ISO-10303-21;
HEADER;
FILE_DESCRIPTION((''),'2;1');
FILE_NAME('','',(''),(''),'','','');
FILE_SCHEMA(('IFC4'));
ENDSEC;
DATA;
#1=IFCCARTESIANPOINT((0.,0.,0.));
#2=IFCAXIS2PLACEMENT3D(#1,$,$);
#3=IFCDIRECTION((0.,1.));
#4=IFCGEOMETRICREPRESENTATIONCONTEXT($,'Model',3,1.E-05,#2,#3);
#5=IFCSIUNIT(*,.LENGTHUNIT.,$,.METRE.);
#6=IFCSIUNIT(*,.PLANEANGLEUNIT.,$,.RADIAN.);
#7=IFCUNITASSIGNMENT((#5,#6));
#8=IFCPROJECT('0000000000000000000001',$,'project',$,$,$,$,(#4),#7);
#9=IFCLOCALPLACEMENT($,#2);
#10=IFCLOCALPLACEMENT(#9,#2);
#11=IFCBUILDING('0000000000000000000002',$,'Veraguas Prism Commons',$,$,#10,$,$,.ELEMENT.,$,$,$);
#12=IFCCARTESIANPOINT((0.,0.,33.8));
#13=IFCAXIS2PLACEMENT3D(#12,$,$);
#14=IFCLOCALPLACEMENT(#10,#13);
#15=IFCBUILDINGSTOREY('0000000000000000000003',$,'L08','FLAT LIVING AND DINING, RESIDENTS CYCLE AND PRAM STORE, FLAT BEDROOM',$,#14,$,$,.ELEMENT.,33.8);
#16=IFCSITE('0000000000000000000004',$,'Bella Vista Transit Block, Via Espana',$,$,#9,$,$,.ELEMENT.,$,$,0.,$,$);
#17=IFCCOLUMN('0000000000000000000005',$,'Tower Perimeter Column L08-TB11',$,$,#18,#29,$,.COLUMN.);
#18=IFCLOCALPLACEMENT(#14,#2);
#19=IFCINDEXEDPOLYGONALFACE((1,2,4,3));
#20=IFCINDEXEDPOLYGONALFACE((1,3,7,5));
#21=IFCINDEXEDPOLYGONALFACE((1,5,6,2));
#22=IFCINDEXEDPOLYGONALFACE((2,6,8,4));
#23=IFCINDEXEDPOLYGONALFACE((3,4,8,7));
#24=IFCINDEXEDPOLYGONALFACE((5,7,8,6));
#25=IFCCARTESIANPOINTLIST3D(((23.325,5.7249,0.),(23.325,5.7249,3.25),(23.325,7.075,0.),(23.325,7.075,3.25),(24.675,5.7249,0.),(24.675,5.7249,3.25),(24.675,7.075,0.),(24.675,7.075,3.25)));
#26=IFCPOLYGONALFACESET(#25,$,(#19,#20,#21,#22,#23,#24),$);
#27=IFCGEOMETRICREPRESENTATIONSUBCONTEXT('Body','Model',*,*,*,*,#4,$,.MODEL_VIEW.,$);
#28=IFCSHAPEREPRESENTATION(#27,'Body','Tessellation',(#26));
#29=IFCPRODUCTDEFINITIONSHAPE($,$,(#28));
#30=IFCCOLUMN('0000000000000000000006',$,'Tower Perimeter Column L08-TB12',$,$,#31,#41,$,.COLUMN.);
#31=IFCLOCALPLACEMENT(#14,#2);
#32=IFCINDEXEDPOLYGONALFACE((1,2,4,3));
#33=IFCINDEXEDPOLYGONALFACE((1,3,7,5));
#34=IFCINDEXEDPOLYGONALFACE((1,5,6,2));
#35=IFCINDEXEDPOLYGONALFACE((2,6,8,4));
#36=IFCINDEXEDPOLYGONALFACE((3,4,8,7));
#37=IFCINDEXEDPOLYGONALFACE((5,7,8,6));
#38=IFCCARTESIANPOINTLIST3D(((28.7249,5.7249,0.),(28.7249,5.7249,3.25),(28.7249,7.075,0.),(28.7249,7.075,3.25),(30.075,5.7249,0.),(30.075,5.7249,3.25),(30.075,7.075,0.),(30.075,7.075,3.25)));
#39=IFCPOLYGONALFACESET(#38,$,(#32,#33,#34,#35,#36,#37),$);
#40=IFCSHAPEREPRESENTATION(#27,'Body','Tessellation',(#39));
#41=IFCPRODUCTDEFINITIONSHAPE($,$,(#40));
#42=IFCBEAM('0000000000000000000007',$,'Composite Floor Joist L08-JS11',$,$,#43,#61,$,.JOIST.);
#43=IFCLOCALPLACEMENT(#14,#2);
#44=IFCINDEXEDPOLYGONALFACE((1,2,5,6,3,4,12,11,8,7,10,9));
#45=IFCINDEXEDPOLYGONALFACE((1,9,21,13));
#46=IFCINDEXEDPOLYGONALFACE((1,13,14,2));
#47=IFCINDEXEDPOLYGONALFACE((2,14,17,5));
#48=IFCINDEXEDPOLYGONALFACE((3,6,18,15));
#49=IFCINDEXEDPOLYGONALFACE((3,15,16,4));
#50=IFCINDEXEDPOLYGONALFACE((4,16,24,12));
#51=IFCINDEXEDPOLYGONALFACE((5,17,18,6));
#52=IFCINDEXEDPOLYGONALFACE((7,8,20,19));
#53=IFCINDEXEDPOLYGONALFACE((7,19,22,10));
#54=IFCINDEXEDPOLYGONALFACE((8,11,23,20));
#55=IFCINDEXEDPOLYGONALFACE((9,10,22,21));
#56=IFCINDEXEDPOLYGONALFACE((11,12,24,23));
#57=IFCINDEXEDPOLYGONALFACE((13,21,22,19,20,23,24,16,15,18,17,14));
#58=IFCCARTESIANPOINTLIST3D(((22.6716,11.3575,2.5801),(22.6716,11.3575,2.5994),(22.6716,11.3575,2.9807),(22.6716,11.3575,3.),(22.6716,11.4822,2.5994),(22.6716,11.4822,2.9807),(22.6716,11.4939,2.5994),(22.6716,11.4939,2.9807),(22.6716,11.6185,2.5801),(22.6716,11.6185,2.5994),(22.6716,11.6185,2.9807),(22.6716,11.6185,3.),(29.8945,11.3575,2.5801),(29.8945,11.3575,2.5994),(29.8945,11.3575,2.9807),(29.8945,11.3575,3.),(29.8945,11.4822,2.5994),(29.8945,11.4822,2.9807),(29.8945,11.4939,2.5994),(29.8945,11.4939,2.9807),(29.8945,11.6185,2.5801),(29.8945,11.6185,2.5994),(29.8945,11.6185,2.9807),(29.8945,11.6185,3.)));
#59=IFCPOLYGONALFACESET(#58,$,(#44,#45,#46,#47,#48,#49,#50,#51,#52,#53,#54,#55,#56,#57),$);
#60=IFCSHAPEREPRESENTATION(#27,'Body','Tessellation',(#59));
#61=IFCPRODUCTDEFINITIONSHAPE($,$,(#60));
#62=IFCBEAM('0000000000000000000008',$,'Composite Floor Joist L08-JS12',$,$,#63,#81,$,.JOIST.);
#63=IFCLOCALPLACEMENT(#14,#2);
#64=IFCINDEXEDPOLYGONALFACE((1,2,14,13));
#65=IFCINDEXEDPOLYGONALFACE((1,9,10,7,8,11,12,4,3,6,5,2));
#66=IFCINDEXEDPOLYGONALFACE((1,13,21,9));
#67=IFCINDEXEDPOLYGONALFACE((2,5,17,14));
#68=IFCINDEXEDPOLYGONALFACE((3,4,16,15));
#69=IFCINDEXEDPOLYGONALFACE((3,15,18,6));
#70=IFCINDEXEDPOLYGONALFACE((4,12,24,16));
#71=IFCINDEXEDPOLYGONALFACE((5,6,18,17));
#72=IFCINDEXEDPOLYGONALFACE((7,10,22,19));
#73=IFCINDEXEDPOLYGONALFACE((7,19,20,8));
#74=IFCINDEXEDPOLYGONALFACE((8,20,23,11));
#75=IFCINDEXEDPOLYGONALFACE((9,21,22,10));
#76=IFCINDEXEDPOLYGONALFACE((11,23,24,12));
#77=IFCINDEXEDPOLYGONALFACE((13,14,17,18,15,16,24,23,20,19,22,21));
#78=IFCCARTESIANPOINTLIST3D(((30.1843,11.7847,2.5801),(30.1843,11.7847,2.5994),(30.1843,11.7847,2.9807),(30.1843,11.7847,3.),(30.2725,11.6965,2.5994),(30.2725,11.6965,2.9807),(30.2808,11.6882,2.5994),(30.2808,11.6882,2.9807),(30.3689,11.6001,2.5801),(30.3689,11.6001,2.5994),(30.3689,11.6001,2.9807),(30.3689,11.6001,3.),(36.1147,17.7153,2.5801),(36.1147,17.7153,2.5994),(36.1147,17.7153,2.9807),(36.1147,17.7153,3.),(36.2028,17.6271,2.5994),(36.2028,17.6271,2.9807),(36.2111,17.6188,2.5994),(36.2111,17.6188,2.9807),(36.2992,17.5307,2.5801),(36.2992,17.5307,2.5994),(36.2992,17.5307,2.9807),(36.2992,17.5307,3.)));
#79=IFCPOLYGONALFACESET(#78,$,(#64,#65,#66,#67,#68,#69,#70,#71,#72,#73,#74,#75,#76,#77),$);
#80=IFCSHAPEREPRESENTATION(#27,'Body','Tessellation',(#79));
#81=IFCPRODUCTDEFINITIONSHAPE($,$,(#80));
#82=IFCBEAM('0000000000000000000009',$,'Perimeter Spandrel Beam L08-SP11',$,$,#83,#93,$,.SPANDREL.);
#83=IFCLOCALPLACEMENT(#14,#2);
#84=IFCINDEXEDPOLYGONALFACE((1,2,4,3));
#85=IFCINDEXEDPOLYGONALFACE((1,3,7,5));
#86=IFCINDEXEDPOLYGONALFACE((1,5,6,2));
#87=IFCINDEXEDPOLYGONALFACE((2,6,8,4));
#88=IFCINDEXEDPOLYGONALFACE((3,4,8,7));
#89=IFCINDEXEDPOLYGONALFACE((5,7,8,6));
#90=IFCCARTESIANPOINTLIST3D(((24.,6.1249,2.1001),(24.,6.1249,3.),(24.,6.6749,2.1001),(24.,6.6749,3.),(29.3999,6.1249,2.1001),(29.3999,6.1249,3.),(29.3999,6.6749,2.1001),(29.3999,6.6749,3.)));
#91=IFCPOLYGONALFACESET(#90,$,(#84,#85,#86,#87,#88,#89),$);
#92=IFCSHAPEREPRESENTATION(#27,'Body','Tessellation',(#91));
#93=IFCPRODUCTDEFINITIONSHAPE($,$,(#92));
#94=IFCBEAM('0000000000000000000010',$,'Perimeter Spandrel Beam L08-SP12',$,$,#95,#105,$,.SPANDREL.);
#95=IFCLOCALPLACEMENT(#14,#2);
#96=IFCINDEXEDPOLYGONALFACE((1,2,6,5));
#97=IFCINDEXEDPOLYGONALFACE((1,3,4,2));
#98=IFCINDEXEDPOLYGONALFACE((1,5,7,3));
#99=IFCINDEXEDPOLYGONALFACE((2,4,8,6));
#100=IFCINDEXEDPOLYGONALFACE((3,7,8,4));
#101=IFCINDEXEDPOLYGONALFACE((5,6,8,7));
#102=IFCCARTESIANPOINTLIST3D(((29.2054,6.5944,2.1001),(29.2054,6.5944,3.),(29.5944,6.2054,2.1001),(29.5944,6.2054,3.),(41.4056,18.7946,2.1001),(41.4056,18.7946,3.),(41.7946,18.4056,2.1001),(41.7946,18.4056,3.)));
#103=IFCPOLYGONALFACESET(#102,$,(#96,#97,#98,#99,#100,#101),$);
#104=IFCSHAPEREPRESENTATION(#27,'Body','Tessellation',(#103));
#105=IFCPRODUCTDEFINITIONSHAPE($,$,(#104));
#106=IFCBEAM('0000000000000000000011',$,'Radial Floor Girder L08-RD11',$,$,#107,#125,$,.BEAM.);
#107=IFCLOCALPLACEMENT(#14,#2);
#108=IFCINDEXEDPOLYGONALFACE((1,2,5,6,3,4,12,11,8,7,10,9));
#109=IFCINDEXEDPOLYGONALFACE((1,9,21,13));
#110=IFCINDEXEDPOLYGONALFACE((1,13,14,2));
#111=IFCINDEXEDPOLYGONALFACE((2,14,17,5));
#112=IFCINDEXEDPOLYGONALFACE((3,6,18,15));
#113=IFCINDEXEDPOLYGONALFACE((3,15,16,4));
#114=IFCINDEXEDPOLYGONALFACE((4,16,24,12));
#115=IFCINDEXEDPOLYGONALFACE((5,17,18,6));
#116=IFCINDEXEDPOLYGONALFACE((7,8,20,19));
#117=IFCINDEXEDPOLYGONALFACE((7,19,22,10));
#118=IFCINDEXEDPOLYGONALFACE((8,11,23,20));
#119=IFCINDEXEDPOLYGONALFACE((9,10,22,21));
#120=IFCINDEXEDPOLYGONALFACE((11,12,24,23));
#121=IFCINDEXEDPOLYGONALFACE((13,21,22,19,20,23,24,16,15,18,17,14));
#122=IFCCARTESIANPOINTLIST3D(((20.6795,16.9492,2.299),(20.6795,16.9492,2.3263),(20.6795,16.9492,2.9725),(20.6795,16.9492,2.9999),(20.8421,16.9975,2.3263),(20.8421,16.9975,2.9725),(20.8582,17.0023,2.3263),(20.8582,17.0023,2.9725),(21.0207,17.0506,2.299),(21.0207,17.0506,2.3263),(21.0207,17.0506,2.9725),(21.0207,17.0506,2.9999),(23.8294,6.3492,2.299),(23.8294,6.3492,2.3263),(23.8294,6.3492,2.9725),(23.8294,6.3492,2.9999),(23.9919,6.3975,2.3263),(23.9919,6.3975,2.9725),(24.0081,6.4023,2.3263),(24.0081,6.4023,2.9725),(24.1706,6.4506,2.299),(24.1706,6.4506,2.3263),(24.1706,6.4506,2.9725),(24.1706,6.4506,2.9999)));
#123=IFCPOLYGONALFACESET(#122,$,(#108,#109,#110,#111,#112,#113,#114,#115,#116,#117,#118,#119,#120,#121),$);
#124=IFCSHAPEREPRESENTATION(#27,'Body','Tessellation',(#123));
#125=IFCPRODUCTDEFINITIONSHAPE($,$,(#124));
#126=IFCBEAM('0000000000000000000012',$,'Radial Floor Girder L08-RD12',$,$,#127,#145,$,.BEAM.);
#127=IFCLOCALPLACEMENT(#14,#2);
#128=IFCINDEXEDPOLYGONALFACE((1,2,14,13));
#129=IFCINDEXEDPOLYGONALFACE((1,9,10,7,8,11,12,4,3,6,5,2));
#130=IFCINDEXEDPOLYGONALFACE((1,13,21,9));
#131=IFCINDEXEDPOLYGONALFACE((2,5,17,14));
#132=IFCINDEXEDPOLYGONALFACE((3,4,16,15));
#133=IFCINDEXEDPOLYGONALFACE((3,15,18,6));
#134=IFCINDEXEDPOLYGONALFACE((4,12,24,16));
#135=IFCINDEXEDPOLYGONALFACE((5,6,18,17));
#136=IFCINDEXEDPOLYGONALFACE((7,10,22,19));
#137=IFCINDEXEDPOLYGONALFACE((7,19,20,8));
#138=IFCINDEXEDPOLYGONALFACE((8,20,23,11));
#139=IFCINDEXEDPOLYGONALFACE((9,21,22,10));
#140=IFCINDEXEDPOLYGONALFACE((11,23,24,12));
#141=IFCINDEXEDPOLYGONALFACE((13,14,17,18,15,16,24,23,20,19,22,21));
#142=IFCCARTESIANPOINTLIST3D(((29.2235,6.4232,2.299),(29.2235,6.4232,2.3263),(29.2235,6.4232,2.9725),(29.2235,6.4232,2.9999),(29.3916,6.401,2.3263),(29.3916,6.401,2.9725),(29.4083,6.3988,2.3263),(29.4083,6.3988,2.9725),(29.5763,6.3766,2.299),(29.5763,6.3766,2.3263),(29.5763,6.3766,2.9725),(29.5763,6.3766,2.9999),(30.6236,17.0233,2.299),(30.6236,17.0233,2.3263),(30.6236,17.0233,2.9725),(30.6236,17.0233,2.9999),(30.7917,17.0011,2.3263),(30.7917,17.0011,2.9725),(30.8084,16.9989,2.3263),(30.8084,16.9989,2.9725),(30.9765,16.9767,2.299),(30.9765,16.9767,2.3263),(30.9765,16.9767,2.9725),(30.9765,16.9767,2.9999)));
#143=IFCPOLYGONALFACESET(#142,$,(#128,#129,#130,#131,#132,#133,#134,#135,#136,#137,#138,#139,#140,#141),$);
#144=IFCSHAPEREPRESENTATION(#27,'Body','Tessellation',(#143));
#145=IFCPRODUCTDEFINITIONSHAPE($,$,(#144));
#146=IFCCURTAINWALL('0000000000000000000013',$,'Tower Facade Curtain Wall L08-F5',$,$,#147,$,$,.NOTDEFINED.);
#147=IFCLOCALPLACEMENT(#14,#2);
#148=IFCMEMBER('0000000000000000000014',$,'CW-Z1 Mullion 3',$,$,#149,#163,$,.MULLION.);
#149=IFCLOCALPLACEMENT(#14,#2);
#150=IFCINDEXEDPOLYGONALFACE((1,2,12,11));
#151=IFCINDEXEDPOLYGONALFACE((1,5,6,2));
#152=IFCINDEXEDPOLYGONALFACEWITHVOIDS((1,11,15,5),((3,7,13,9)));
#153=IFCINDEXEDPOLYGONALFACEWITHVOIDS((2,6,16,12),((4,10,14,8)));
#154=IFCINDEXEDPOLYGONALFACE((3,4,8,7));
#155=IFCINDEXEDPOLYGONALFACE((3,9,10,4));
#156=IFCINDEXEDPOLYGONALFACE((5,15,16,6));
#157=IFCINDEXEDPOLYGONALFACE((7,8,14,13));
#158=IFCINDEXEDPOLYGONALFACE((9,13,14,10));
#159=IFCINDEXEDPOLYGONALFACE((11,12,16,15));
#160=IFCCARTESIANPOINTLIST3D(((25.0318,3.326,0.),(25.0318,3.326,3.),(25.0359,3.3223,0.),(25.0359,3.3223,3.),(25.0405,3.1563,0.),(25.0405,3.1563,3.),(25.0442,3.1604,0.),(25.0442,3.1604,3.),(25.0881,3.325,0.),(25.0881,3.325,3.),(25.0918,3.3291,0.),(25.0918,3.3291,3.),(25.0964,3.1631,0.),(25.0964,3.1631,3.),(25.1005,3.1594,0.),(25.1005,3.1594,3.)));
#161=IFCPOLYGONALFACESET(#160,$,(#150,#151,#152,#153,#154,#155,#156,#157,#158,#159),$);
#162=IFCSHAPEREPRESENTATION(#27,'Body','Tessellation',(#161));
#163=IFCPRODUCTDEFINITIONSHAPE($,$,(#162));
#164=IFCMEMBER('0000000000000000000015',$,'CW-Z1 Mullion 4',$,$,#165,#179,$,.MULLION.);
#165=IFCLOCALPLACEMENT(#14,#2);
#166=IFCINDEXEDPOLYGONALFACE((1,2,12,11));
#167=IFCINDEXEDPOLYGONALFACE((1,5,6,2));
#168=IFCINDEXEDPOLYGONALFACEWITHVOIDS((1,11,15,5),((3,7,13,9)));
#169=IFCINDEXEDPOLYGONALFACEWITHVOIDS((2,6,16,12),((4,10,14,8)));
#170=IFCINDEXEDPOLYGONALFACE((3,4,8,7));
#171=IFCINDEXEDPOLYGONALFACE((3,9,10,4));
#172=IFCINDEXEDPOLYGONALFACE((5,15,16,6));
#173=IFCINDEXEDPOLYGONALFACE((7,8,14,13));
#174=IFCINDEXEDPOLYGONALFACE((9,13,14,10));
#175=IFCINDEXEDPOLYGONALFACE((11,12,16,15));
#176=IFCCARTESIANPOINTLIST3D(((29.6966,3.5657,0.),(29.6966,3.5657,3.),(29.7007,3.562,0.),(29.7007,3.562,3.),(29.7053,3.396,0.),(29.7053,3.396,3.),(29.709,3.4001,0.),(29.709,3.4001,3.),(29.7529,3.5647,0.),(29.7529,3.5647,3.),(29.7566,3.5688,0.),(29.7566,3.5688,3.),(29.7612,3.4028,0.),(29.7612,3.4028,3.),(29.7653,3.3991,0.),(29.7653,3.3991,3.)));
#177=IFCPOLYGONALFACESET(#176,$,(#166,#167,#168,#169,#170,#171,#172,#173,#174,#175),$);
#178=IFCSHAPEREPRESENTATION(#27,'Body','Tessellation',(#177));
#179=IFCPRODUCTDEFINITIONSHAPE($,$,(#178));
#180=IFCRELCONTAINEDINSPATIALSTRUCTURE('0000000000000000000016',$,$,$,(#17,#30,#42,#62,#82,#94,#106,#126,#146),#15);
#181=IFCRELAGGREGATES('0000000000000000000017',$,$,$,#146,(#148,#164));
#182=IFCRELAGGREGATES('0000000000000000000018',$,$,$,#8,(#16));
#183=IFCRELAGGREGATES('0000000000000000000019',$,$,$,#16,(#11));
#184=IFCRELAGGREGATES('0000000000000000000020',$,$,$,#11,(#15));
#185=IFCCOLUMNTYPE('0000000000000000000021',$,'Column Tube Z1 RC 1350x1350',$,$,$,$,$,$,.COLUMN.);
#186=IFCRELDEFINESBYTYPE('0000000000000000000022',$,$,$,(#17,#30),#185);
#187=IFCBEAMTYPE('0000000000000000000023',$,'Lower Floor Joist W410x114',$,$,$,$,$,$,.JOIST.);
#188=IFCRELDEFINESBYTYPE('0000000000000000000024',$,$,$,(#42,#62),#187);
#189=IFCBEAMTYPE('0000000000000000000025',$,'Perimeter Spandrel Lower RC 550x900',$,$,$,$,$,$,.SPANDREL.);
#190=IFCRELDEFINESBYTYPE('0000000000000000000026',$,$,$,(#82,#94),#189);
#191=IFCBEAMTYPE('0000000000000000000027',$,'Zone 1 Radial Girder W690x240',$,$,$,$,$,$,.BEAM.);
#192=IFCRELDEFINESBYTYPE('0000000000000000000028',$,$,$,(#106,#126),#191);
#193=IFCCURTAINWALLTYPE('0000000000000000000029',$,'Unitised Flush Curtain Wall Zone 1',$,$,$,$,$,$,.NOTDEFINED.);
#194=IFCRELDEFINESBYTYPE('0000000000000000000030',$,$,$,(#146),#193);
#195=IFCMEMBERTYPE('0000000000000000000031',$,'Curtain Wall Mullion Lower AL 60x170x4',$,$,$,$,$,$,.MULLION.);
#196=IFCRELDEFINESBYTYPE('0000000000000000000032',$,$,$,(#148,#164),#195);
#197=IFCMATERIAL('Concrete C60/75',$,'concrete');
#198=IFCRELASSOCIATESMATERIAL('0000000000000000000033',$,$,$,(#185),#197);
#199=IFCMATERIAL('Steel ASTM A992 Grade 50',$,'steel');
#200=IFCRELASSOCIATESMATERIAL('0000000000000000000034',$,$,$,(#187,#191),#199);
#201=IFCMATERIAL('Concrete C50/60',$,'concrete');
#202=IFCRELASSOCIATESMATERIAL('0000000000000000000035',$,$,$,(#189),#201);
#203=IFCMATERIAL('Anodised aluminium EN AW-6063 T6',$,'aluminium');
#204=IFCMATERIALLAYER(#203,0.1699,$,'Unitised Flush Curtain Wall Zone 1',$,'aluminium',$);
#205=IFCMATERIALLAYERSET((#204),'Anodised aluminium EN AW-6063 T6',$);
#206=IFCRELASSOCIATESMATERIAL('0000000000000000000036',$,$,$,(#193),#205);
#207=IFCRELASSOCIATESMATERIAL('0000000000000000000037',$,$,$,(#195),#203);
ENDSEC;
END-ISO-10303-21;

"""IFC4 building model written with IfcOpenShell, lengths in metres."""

from ifc_helpers import new_model, si_unit, direction, frame, origin, origin_2d, place, context, subcontext, project, spatial, rectangle, hollow_rectangle, i_section, extrude, source, transform, mapped, material, layer, layer_set, material_profile, profile_set, type_object, element, aggregate, save


model = new_model("IFC4")

# Units and contexts
model_context = context("Model", 3, precision=1e-05, world=origin(), true_north=direction((0.0, 1.0)))
body_context = subcontext(model_context, "Body", "Model", "MODEL_VIEW")
ifc_project = project(units=[si_unit("LENGTHUNIT", "METRE"), si_unit("PLANEANGLEUNIT", "RADIAN")], contexts=[model_context])

# Site, building, storey
site_placement = place(None, origin())
site = spatial("IfcSite", under=ifc_project, at=site_placement, Name="Bella Vista Transit Block, Via Espana", CompositionType="ELEMENT", RefElevation=0.0)
building_placement = place(site_placement, origin())
building = spatial("IfcBuilding", under=site, at=building_placement, Name="Veraguas Prism Commons", CompositionType="ELEMENT")
storey_placement = place(building_placement, frame((0.0, 0.0, 33.8)))
storey = spatial("IfcBuildingStorey", under=building, at=storey_placement, Name="L08", Description="FLAT LIVING AND DINING, RESIDENTS CYCLE AND PRAM STORE, FLAT BEDROOM", CompositionType="ELEMENT", Elevation=33.8)

# Columns
ifc_material_1 = material(Name="Concrete C60/75", Category="concrete")
ifc_material_profile_1 = material_profile(ifc_material_1, rectangle(XDim=1.3501, YDim=1.3501, at=origin_2d()), Name="RC1350X1350")
ifc_profile_set_1 = profile_set([ifc_material_profile_1], Name="Concrete C60/75")
column_type = type_object("IfcColumnType", Name="Column Tube Z1 RC 1350x1350", PredefinedType="COLUMN", material=ifc_profile_set_1)
for number, where, z_axis, x_axis, name in (
    (1, (24.0, 6.3999, 0.0), (0.0, 0.0, 1.0), (1.0, 0.0, 0.0), "Tower Perimeter Column L08-TB11"),
    (2, (29.3999, 6.3999, 0.0), (0.0, 0.0, 1.0), (1.0, 0.0, 0.0), "Tower Perimeter Column L08-TB12"),
):
    element("IfcColumn", number, at=place(storey_placement, frame(where, z_axis=z_axis, x_axis=x_axis)), inside=storey, type_object=column_type, Name=name, PredefinedType="COLUMN", context=body_context, shape_type="SweptSolid", body=[
        extrude(rectangle(XDim=1.3501, YDim=1.3501, at=origin_2d()), origin(), (0.0, 0.0, 1.0), 3.25),
    ])

# Beams
ifc_material_2 = material(Name="Steel ASTM A992 Grade 50", Category="steel")
ifc_material_profile_2 = material_profile(ifc_material_2, i_section(OverallWidth=0.261, OverallDepth=0.4199, WebThickness=0.0117, FlangeThickness=0.0193, at=origin_2d()), Name="W410X114")
ifc_profile_set_2 = profile_set([ifc_material_profile_2], Name="Steel ASTM A992 Grade 50")
beam_type_1 = type_object("IfcBeamType", Name="Lower Floor Joist W410x114", PredefinedType="JOIST", material=ifc_profile_set_2)
beam_1_placement = place(storey_placement, frame((22.6716, 11.488, 2.79), z_axis=(1.0, 0.0, 0.0), x_axis=(0.0, 1.0, 0.0)))
element("IfcBeam", 3, at=beam_1_placement, inside=storey, type_object=beam_type_1, Name="Composite Floor Joist L08-JS11", PredefinedType="JOIST", context=body_context, shape_type="SweptSolid", body=[
    extrude(i_section(OverallWidth=0.261, OverallDepth=0.4199, WebThickness=0.0117, FlangeThickness=0.0193, at=origin_2d()), origin(), (0.0, 0.0, 1.0), 7.2229),
])
beam_2_placement = place(storey_placement, frame((30.2766, 11.6924, 2.79), z_axis=(0.707092, 0.707121, 0.0), x_axis=(-0.707121, 0.707092, 0.0)))
element("IfcBeam", 4, at=beam_2_placement, inside=storey, type_object=beam_type_1, Name="Composite Floor Joist L08-JS12", PredefinedType="JOIST", context=body_context, shape_type="SweptSolid", body=[
    extrude(i_section(OverallWidth=0.261, OverallDepth=0.4199, WebThickness=0.0117, FlangeThickness=0.0193, at=origin_2d()), origin(), (0.0, 0.0, 1.0), 8.387),
])
ifc_material_3 = material(Name="Concrete C50/60", Category="concrete")
ifc_material_profile_3 = material_profile(ifc_material_3, rectangle(XDim=0.55, YDim=0.8999, at=origin_2d()), Name="RC550X900")
ifc_profile_set_3 = profile_set([ifc_material_profile_3], Name="Concrete C50/60")
beam_type_2 = type_object("IfcBeamType", Name="Perimeter Spandrel Lower RC 550x900", PredefinedType="SPANDREL", material=ifc_profile_set_3)
beam_3_placement = place(storey_placement, frame((24.0, 6.3999, 2.55), z_axis=(1.0, 0.0, 0.0), x_axis=(0.0, 1.0, 0.0)))
element("IfcBeam", 5, at=beam_3_placement, inside=storey, type_object=beam_type_2, Name="Perimeter Spandrel Beam L08-SP11", PredefinedType="SPANDREL", context=body_context, shape_type="SweptSolid", body=[
    extrude(rectangle(XDim=0.55, YDim=0.8999, at=origin_2d()), origin(), (0.0, 0.0, 1.0), 5.3999),
])
beam_4_placement = place(storey_placement, frame((29.3999, 6.3999, 2.55), z_axis=(0.707107, 0.707107, 0.0), x_axis=(-0.707107, 0.707107, 0.0)))
element("IfcBeam", 6, at=beam_4_placement, inside=storey, type_object=beam_type_2, Name="Perimeter Spandrel Beam L08-SP12", PredefinedType="SPANDREL", context=body_context, shape_type="SweptSolid", body=[
    extrude(rectangle(XDim=0.55, YDim=0.8999, at=origin_2d()), origin(), (0.0, 0.0, 1.0), 17.2537),
])
ifc_material_profile_4 = material_profile(ifc_material_2, i_section(OverallWidth=0.356, OverallDepth=0.7009, WebThickness=0.0168, FlangeThickness=0.0273, at=origin_2d()), Name="W690X240")
ifc_profile_set_4 = profile_set([ifc_material_profile_4], Name="Steel ASTM A992 Grade 50")
beam_type_3 = type_object("IfcBeamType", Name="Zone 1 Radial Girder W690x240", PredefinedType="BEAM", material=ifc_profile_set_4)
beam_5_placement = place(storey_placement, frame((24.0, 6.3999, 2.6494), z_axis=(-0.284847, 0.958573, 0.0), x_axis=(-0.958573, -0.284847, 0.0)))
element("IfcBeam", 7, at=beam_5_placement, inside=storey, type_object=beam_type_3, Name="Radial Floor Girder L08-RD11", PredefinedType="BEAM", context=body_context, shape_type="SweptSolid", body=[
    extrude(i_section(OverallWidth=0.356, OverallDepth=0.7009, WebThickness=0.0168, FlangeThickness=0.0273, at=origin_2d()), origin(), (0.0, 0.0, 1.0), 11.0581),
])
beam_6_placement = place(storey_placement, frame((29.3999, 6.3999, 2.6494), z_axis=(0.130951, 0.991389, 0.0), x_axis=(-0.991389, 0.130951, 0.0)))
element("IfcBeam", 8, at=beam_6_placement, inside=storey, type_object=beam_type_3, Name="Radial Floor Girder L08-RD12", PredefinedType="BEAM", context=body_context, shape_type="SweptSolid", body=[
    extrude(i_section(OverallWidth=0.356, OverallDepth=0.7009, WebThickness=0.0168, FlangeThickness=0.0273, at=origin_2d()), origin(), (0.0, 0.0, 1.0), 10.6921),
])

# Curtain wall, members
ifc_material_4 = material(Name="Anodised aluminium EN AW-6063 T6", Category="aluminium")
ifc_layer_1 = layer(ifc_material_4, 0.1699, Name="Unitised Flush Curtain Wall Zone 1", Category="aluminium")
ifc_layer_set_1 = layer_set([ifc_layer_1], Name="Anodised aluminium EN AW-6063 T6")
curtain_wall_type = type_object("IfcCurtainWallType", Name="Unitised Flush Curtain Wall Zone 1", PredefinedType="NOTDEFINED", material=ifc_layer_set_1)
curtain_wall_placement = place(storey_placement, origin())
curtain_wall = element("IfcCurtainWall", 9, at=curtain_wall_placement, inside=storey, type_object=curtain_wall_type, Name="Tower Facade Curtain Wall L08-F5", PredefinedType="NOTDEFINED")
ifc_material_profile_5 = material_profile(ifc_material_4, hollow_rectangle(XDim=0.0601, YDim=0.1699, WallThickness=0.0039, at=origin_2d()), Name="AL60X170X4")
ifc_profile_set_5 = profile_set([ifc_material_profile_5], Name="Anodised aluminium EN AW-6063 T6")
member_type = type_object("IfcMemberType", Name="Curtain Wall Mullion Lower AL 60x170x4", PredefinedType="MULLION", material=ifc_profile_set_5)
shared_shape_1 = source(origin(), body_context, "Body", "SweptSolid", [
    extrude(hollow_rectangle(XDim=0.0601, YDim=0.1699, WallThickness=0.0039, at=origin_2d()), origin(), (0.0, 0.0, 1.0), 3.0),
])
member_1_placement = place(storey_placement, frame((25.0662, 3.2427, 0.0), z_axis=(0.0, 0.0, 1.0), x_axis=(0.998684, 0.05129, 0.0)))
member_1 = element("IfcMember", 10, at=member_1_placement, type_object=member_type, Name="CW-Z1 Mullion 3", PredefinedType="MULLION", context=body_context, shape_type="MappedRepresentation", body=[
    mapped(shared_shape_1, transform((0.0, 0.0, 0.0), scale=1.0)),
])
member_2_placement = place(storey_placement, frame((29.731, 3.4824, 0.0), z_axis=(0.0, 0.0, 1.0), x_axis=(0.998684, 0.05129, 0.0)))
member_2 = element("IfcMember", 11, at=member_2_placement, type_object=member_type, Name="CW-Z1 Mullion 4", PredefinedType="MULLION", context=body_context, shape_type="MappedRepresentation", body=[
    mapped(shared_shape_1, transform((0.0, 0.0, 0.0), scale=1.0)),
])
aggregate(curtain_wall, [member_1, member_2])

save(model, "model.ifc")
